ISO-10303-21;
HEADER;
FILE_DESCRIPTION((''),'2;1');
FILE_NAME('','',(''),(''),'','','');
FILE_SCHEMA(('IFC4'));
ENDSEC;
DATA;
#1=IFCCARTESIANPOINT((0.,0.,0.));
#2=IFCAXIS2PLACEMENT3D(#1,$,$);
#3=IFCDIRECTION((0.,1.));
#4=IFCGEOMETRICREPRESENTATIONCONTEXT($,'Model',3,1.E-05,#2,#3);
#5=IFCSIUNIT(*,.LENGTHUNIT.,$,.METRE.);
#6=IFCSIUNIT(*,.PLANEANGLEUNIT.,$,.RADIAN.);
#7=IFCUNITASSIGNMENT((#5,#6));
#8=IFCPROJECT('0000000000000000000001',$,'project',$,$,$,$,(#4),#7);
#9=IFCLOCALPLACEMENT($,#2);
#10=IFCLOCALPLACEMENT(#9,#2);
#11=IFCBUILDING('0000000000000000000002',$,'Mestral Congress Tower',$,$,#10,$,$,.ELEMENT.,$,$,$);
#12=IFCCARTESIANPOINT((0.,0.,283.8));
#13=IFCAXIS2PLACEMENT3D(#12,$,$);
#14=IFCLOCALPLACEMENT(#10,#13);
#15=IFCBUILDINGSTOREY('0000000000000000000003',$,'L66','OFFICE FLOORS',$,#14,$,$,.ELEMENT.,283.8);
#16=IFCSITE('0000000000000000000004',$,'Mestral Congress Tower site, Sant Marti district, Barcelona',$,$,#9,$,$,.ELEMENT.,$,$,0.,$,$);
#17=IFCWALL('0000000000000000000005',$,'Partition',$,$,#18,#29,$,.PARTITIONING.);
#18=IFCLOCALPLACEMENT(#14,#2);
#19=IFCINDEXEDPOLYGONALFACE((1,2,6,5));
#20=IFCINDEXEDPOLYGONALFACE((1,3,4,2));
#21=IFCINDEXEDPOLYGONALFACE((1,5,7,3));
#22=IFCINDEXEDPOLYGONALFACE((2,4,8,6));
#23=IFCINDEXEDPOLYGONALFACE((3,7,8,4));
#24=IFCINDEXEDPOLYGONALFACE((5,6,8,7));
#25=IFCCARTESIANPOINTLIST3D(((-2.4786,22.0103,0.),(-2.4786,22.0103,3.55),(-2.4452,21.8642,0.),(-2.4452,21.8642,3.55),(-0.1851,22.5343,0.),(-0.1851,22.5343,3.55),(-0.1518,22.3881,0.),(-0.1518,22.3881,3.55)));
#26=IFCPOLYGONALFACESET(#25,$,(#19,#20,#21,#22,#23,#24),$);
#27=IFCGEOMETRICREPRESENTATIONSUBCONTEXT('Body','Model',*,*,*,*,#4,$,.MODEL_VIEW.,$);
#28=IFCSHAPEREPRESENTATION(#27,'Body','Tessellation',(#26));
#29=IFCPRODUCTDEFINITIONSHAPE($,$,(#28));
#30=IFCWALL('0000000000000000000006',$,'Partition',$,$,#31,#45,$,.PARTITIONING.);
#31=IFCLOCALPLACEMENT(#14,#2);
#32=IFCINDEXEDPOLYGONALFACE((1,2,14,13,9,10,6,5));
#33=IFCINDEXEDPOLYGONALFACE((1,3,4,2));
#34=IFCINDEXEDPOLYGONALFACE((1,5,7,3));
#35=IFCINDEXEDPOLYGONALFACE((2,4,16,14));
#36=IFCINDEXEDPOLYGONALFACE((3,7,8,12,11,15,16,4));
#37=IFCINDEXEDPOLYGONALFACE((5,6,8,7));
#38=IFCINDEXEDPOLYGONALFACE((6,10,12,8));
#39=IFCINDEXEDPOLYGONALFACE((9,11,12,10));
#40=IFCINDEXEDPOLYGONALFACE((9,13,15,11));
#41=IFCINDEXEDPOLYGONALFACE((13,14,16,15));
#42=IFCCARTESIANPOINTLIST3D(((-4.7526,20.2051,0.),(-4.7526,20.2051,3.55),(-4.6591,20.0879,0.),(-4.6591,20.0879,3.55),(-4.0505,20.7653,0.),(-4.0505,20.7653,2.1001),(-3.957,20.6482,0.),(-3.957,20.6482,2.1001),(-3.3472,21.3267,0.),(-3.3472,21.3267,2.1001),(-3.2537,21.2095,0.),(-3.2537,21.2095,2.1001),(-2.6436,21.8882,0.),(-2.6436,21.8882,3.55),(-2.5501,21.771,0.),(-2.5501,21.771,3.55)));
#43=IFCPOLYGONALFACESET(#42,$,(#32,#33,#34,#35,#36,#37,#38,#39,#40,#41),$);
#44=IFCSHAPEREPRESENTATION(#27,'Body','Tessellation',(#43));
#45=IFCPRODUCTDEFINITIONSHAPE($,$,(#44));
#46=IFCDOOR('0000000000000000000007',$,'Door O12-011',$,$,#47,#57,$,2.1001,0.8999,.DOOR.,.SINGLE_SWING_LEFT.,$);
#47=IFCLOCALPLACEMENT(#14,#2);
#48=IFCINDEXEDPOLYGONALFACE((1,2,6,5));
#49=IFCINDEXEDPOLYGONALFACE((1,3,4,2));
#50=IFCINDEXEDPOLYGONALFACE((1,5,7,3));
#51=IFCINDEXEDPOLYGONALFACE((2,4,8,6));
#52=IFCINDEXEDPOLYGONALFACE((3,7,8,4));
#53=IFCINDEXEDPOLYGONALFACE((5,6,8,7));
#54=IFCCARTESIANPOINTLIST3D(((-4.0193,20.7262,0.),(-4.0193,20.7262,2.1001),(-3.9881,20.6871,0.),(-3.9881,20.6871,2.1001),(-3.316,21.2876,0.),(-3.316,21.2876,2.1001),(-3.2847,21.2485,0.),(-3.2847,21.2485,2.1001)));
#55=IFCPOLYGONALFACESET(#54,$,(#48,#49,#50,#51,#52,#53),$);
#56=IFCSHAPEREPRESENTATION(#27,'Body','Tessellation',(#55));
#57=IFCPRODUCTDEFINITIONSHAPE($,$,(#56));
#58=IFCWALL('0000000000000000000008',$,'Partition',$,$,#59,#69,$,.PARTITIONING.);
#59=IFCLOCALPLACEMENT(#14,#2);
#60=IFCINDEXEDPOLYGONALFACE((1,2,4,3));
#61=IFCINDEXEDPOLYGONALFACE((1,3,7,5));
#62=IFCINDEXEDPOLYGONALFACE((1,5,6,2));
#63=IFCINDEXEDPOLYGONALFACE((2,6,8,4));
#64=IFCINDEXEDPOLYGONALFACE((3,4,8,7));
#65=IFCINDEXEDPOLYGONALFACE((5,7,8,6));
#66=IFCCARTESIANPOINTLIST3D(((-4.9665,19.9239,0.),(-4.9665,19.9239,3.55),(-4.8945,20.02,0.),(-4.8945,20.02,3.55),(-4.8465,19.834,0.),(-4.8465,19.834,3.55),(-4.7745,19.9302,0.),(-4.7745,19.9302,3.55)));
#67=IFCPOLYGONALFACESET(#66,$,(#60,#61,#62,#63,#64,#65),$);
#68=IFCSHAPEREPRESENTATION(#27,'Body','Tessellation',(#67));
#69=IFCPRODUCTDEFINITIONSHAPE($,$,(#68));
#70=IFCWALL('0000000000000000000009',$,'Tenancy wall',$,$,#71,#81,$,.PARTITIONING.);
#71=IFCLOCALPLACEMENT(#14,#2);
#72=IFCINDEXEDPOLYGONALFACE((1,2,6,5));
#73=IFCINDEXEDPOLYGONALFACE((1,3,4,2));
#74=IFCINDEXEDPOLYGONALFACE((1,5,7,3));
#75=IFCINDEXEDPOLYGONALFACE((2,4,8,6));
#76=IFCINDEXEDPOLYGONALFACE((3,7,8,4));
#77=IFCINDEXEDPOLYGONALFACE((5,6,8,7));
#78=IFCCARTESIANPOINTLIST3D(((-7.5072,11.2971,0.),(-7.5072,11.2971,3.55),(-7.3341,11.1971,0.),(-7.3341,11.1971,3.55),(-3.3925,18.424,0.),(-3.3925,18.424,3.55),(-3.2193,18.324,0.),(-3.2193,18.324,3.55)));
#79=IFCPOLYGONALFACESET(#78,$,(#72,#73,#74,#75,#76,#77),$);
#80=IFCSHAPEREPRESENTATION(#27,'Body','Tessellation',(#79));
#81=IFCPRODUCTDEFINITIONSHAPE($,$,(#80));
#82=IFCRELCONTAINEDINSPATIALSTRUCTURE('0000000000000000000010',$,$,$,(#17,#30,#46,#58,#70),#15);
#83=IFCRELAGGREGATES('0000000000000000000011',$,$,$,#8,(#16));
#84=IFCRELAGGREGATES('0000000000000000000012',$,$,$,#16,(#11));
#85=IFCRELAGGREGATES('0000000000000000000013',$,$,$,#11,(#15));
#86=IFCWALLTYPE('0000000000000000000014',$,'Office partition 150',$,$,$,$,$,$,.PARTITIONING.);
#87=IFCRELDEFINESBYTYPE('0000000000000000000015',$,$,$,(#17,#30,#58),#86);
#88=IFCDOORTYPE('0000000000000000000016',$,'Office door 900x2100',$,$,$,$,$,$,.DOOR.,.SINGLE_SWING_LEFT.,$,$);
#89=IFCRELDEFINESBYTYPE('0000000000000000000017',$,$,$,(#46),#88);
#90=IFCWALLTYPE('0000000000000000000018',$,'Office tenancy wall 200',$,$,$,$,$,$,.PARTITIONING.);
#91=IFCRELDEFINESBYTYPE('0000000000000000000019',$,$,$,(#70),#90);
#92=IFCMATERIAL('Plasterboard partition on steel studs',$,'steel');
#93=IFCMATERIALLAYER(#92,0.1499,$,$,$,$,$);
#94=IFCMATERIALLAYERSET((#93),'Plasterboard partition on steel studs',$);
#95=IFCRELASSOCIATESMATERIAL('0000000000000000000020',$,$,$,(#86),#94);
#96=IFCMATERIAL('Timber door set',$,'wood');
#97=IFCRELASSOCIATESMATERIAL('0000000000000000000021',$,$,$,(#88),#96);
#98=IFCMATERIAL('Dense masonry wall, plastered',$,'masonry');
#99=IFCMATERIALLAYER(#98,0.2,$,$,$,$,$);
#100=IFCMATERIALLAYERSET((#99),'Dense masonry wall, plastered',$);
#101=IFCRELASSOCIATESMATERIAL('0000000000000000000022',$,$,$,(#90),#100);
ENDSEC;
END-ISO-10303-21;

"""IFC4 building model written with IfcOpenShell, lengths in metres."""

from ifc_helpers import new_model, si_unit, direction, frame, frame_2d, origin, place, context, subcontext, project, spatial, rectangle, extrude, material, layer, layer_set, type_object, element, fill, save


model = new_model("IFC4")

# Units and contexts
model_context = context("Model", 3, precision=1e-05, world=origin(), true_north=direction((0.0, 1.0)))
body_context = subcontext(model_context, "Body", "Model", "MODEL_VIEW")
ifc_project = project(units=[si_unit("LENGTHUNIT", "METRE"), si_unit("PLANEANGLEUNIT", "RADIAN")], contexts=[model_context])

# Site, building, storey
site_placement = place(None, origin())
site = spatial("IfcSite", under=ifc_project, at=site_placement, Name="Mestral Congress Tower site, Sant Marti district, Barcelona", CompositionType="ELEMENT", RefElevation=0.0)
building_placement = place(site_placement, origin())
building = spatial("IfcBuilding", under=site, at=building_placement, Name="Mestral Congress Tower", CompositionType="ELEMENT")
storey_placement = place(building_placement, frame((0.0, 0.0, 283.8)))
storey = spatial("IfcBuildingStorey", under=building, at=storey_placement, Name="L66", Description="OFFICE FLOORS", CompositionType="ELEMENT", Elevation=283.8)

# Wall
ifc_material_1 = material(Name="Plasterboard partition on steel studs", Category="steel")
ifc_layer_1 = layer(ifc_material_1, 0.1499)
ifc_layer_set_1 = layer_set([ifc_layer_1], Name="Plasterboard partition on steel studs")
wall_type_1 = type_object("IfcWallType", Name="Office partition 150", PredefinedType="PARTITIONING", material=ifc_layer_set_1)
wall_1_placement = place(storey_placement, frame((-0.1685, 22.4612, 0.0), z_axis=(0.0, 0.0, 1.0), x_axis=(-0.974886, -0.222706, 0.0)))
element("IfcWall", 1, at=wall_1_placement, inside=storey, type_object=wall_type_1, Name="Partition", PredefinedType="PARTITIONING", context=body_context, shape_type="SweptSolid", body=[
    extrude(rectangle(XDim=2.3525, YDim=0.1499, at=frame_2d((1.1763, 0.0))), origin(), (0.0, 0.0, 1.0), 3.55),
])

# Wall, opening, door
wall_2_placement = place(storey_placement, frame((-4.7058, 20.1465, 0.0), z_axis=(0.0, 0.0, 1.0), x_axis=(0.781592, 0.62379, 0.0)))
wall_2 = element("IfcWall", 2, at=wall_2_placement, inside=storey, type_object=wall_type_1, Name="Partition", PredefinedType="PARTITIONING", context=body_context, shape_type="SweptSolid", body=[
    extrude(rectangle(XDim=2.6982, YDim=0.1499, at=frame_2d((1.3491, 0.0))), origin(), (0.0, 0.0, 1.0), 3.55),
])
opening_1_placement = place(wall_2_placement, frame((0.8982, 0.0, 0.0)))
opening_1 = element("IfcOpeningElement", 3, at=opening_1_placement, cuts=wall_2, PredefinedType="OPENING", context=body_context, shape_type="SweptSolid", body=[
    extrude(rectangle(XDim=0.8999, YDim=2.1001, at=frame_2d((0.45, 1.05))), frame((0.0, 0.085, 0.0), z_axis=(0.0, -1.0, 0.0), x_axis=(1.0, 0.0, 0.0)), (0.0, 0.0, 1.0), 0.1699),
])
ifc_material_2 = material(Name="Timber door set", Category="wood")
door_type = type_object("IfcDoorType", Name="Office door 900x2100", OperationType="SINGLE_SWING_LEFT", PredefinedType="DOOR", material=ifc_material_2)
door_placement = place(opening_1_placement, origin())
door = element("IfcDoor", 4, at=door_placement, inside=storey, type_object=door_type, Name="Door O12-011", OperationType="SINGLE_SWING_LEFT", OverallHeight=2.1001, OverallWidth=0.8999, PredefinedType="DOOR", context=body_context, shape_type="SweptSolid", body=[
    extrude(rectangle(XDim=0.8999, YDim=2.1001, at=frame_2d((0.45, 1.05))), frame((0.0, 0.0249, 0.0), z_axis=(0.0, -1.0, 0.0), x_axis=(1.0, 0.0, 0.0)), (0.0, 0.0, 1.0), 0.05),
])
fill(opening_1, door)

# Walls
wall_3_placement = place(storey_placement, frame((-4.8345, 19.9751, 0.0), z_axis=(0.0, 0.0, 1.0), x_axis=(-0.59935, -0.800487, 0.0)))
element("IfcWall", 5, at=wall_3_placement, inside=storey, type_object=wall_type_1, Name="Partition", PredefinedType="PARTITIONING", context=body_context, shape_type="SweptSolid", body=[
    extrude(rectangle(XDim=0.1201, YDim=0.1499, at=frame_2d((0.0601, 0.0))), origin(), (0.0, 0.0, 1.0), 3.55),
])
ifc_material_3 = material(Name="Dense masonry wall, plastered", Category="masonry")
ifc_layer_2 = layer(ifc_material_3, 0.2)
ifc_layer_set_2 = layer_set([ifc_layer_2], Name="Dense masonry wall, plastered")
wall_type_2 = type_object("IfcWallType", Name="Office tenancy wall 200", PredefinedType="PARTITIONING", material=ifc_layer_set_2)
wall_4_placement = place(storey_placement, frame((-3.3059, 18.374, 0.0), z_axis=(0.0, 0.0, 1.0), x_axis=(-0.5, -0.866026, 0.0)))
element("IfcWall", 6, at=wall_4_placement, inside=storey, type_object=wall_type_2, Name="Tenancy wall", PredefinedType="PARTITIONING", context=body_context, shape_type="SweptSolid", body=[
    extrude(rectangle(XDim=8.2295, YDim=0.2, at=frame_2d((4.1147, 0.0))), origin(), (0.0, 0.0, 1.0), 3.55),
])

save(model, "model.ifc")
